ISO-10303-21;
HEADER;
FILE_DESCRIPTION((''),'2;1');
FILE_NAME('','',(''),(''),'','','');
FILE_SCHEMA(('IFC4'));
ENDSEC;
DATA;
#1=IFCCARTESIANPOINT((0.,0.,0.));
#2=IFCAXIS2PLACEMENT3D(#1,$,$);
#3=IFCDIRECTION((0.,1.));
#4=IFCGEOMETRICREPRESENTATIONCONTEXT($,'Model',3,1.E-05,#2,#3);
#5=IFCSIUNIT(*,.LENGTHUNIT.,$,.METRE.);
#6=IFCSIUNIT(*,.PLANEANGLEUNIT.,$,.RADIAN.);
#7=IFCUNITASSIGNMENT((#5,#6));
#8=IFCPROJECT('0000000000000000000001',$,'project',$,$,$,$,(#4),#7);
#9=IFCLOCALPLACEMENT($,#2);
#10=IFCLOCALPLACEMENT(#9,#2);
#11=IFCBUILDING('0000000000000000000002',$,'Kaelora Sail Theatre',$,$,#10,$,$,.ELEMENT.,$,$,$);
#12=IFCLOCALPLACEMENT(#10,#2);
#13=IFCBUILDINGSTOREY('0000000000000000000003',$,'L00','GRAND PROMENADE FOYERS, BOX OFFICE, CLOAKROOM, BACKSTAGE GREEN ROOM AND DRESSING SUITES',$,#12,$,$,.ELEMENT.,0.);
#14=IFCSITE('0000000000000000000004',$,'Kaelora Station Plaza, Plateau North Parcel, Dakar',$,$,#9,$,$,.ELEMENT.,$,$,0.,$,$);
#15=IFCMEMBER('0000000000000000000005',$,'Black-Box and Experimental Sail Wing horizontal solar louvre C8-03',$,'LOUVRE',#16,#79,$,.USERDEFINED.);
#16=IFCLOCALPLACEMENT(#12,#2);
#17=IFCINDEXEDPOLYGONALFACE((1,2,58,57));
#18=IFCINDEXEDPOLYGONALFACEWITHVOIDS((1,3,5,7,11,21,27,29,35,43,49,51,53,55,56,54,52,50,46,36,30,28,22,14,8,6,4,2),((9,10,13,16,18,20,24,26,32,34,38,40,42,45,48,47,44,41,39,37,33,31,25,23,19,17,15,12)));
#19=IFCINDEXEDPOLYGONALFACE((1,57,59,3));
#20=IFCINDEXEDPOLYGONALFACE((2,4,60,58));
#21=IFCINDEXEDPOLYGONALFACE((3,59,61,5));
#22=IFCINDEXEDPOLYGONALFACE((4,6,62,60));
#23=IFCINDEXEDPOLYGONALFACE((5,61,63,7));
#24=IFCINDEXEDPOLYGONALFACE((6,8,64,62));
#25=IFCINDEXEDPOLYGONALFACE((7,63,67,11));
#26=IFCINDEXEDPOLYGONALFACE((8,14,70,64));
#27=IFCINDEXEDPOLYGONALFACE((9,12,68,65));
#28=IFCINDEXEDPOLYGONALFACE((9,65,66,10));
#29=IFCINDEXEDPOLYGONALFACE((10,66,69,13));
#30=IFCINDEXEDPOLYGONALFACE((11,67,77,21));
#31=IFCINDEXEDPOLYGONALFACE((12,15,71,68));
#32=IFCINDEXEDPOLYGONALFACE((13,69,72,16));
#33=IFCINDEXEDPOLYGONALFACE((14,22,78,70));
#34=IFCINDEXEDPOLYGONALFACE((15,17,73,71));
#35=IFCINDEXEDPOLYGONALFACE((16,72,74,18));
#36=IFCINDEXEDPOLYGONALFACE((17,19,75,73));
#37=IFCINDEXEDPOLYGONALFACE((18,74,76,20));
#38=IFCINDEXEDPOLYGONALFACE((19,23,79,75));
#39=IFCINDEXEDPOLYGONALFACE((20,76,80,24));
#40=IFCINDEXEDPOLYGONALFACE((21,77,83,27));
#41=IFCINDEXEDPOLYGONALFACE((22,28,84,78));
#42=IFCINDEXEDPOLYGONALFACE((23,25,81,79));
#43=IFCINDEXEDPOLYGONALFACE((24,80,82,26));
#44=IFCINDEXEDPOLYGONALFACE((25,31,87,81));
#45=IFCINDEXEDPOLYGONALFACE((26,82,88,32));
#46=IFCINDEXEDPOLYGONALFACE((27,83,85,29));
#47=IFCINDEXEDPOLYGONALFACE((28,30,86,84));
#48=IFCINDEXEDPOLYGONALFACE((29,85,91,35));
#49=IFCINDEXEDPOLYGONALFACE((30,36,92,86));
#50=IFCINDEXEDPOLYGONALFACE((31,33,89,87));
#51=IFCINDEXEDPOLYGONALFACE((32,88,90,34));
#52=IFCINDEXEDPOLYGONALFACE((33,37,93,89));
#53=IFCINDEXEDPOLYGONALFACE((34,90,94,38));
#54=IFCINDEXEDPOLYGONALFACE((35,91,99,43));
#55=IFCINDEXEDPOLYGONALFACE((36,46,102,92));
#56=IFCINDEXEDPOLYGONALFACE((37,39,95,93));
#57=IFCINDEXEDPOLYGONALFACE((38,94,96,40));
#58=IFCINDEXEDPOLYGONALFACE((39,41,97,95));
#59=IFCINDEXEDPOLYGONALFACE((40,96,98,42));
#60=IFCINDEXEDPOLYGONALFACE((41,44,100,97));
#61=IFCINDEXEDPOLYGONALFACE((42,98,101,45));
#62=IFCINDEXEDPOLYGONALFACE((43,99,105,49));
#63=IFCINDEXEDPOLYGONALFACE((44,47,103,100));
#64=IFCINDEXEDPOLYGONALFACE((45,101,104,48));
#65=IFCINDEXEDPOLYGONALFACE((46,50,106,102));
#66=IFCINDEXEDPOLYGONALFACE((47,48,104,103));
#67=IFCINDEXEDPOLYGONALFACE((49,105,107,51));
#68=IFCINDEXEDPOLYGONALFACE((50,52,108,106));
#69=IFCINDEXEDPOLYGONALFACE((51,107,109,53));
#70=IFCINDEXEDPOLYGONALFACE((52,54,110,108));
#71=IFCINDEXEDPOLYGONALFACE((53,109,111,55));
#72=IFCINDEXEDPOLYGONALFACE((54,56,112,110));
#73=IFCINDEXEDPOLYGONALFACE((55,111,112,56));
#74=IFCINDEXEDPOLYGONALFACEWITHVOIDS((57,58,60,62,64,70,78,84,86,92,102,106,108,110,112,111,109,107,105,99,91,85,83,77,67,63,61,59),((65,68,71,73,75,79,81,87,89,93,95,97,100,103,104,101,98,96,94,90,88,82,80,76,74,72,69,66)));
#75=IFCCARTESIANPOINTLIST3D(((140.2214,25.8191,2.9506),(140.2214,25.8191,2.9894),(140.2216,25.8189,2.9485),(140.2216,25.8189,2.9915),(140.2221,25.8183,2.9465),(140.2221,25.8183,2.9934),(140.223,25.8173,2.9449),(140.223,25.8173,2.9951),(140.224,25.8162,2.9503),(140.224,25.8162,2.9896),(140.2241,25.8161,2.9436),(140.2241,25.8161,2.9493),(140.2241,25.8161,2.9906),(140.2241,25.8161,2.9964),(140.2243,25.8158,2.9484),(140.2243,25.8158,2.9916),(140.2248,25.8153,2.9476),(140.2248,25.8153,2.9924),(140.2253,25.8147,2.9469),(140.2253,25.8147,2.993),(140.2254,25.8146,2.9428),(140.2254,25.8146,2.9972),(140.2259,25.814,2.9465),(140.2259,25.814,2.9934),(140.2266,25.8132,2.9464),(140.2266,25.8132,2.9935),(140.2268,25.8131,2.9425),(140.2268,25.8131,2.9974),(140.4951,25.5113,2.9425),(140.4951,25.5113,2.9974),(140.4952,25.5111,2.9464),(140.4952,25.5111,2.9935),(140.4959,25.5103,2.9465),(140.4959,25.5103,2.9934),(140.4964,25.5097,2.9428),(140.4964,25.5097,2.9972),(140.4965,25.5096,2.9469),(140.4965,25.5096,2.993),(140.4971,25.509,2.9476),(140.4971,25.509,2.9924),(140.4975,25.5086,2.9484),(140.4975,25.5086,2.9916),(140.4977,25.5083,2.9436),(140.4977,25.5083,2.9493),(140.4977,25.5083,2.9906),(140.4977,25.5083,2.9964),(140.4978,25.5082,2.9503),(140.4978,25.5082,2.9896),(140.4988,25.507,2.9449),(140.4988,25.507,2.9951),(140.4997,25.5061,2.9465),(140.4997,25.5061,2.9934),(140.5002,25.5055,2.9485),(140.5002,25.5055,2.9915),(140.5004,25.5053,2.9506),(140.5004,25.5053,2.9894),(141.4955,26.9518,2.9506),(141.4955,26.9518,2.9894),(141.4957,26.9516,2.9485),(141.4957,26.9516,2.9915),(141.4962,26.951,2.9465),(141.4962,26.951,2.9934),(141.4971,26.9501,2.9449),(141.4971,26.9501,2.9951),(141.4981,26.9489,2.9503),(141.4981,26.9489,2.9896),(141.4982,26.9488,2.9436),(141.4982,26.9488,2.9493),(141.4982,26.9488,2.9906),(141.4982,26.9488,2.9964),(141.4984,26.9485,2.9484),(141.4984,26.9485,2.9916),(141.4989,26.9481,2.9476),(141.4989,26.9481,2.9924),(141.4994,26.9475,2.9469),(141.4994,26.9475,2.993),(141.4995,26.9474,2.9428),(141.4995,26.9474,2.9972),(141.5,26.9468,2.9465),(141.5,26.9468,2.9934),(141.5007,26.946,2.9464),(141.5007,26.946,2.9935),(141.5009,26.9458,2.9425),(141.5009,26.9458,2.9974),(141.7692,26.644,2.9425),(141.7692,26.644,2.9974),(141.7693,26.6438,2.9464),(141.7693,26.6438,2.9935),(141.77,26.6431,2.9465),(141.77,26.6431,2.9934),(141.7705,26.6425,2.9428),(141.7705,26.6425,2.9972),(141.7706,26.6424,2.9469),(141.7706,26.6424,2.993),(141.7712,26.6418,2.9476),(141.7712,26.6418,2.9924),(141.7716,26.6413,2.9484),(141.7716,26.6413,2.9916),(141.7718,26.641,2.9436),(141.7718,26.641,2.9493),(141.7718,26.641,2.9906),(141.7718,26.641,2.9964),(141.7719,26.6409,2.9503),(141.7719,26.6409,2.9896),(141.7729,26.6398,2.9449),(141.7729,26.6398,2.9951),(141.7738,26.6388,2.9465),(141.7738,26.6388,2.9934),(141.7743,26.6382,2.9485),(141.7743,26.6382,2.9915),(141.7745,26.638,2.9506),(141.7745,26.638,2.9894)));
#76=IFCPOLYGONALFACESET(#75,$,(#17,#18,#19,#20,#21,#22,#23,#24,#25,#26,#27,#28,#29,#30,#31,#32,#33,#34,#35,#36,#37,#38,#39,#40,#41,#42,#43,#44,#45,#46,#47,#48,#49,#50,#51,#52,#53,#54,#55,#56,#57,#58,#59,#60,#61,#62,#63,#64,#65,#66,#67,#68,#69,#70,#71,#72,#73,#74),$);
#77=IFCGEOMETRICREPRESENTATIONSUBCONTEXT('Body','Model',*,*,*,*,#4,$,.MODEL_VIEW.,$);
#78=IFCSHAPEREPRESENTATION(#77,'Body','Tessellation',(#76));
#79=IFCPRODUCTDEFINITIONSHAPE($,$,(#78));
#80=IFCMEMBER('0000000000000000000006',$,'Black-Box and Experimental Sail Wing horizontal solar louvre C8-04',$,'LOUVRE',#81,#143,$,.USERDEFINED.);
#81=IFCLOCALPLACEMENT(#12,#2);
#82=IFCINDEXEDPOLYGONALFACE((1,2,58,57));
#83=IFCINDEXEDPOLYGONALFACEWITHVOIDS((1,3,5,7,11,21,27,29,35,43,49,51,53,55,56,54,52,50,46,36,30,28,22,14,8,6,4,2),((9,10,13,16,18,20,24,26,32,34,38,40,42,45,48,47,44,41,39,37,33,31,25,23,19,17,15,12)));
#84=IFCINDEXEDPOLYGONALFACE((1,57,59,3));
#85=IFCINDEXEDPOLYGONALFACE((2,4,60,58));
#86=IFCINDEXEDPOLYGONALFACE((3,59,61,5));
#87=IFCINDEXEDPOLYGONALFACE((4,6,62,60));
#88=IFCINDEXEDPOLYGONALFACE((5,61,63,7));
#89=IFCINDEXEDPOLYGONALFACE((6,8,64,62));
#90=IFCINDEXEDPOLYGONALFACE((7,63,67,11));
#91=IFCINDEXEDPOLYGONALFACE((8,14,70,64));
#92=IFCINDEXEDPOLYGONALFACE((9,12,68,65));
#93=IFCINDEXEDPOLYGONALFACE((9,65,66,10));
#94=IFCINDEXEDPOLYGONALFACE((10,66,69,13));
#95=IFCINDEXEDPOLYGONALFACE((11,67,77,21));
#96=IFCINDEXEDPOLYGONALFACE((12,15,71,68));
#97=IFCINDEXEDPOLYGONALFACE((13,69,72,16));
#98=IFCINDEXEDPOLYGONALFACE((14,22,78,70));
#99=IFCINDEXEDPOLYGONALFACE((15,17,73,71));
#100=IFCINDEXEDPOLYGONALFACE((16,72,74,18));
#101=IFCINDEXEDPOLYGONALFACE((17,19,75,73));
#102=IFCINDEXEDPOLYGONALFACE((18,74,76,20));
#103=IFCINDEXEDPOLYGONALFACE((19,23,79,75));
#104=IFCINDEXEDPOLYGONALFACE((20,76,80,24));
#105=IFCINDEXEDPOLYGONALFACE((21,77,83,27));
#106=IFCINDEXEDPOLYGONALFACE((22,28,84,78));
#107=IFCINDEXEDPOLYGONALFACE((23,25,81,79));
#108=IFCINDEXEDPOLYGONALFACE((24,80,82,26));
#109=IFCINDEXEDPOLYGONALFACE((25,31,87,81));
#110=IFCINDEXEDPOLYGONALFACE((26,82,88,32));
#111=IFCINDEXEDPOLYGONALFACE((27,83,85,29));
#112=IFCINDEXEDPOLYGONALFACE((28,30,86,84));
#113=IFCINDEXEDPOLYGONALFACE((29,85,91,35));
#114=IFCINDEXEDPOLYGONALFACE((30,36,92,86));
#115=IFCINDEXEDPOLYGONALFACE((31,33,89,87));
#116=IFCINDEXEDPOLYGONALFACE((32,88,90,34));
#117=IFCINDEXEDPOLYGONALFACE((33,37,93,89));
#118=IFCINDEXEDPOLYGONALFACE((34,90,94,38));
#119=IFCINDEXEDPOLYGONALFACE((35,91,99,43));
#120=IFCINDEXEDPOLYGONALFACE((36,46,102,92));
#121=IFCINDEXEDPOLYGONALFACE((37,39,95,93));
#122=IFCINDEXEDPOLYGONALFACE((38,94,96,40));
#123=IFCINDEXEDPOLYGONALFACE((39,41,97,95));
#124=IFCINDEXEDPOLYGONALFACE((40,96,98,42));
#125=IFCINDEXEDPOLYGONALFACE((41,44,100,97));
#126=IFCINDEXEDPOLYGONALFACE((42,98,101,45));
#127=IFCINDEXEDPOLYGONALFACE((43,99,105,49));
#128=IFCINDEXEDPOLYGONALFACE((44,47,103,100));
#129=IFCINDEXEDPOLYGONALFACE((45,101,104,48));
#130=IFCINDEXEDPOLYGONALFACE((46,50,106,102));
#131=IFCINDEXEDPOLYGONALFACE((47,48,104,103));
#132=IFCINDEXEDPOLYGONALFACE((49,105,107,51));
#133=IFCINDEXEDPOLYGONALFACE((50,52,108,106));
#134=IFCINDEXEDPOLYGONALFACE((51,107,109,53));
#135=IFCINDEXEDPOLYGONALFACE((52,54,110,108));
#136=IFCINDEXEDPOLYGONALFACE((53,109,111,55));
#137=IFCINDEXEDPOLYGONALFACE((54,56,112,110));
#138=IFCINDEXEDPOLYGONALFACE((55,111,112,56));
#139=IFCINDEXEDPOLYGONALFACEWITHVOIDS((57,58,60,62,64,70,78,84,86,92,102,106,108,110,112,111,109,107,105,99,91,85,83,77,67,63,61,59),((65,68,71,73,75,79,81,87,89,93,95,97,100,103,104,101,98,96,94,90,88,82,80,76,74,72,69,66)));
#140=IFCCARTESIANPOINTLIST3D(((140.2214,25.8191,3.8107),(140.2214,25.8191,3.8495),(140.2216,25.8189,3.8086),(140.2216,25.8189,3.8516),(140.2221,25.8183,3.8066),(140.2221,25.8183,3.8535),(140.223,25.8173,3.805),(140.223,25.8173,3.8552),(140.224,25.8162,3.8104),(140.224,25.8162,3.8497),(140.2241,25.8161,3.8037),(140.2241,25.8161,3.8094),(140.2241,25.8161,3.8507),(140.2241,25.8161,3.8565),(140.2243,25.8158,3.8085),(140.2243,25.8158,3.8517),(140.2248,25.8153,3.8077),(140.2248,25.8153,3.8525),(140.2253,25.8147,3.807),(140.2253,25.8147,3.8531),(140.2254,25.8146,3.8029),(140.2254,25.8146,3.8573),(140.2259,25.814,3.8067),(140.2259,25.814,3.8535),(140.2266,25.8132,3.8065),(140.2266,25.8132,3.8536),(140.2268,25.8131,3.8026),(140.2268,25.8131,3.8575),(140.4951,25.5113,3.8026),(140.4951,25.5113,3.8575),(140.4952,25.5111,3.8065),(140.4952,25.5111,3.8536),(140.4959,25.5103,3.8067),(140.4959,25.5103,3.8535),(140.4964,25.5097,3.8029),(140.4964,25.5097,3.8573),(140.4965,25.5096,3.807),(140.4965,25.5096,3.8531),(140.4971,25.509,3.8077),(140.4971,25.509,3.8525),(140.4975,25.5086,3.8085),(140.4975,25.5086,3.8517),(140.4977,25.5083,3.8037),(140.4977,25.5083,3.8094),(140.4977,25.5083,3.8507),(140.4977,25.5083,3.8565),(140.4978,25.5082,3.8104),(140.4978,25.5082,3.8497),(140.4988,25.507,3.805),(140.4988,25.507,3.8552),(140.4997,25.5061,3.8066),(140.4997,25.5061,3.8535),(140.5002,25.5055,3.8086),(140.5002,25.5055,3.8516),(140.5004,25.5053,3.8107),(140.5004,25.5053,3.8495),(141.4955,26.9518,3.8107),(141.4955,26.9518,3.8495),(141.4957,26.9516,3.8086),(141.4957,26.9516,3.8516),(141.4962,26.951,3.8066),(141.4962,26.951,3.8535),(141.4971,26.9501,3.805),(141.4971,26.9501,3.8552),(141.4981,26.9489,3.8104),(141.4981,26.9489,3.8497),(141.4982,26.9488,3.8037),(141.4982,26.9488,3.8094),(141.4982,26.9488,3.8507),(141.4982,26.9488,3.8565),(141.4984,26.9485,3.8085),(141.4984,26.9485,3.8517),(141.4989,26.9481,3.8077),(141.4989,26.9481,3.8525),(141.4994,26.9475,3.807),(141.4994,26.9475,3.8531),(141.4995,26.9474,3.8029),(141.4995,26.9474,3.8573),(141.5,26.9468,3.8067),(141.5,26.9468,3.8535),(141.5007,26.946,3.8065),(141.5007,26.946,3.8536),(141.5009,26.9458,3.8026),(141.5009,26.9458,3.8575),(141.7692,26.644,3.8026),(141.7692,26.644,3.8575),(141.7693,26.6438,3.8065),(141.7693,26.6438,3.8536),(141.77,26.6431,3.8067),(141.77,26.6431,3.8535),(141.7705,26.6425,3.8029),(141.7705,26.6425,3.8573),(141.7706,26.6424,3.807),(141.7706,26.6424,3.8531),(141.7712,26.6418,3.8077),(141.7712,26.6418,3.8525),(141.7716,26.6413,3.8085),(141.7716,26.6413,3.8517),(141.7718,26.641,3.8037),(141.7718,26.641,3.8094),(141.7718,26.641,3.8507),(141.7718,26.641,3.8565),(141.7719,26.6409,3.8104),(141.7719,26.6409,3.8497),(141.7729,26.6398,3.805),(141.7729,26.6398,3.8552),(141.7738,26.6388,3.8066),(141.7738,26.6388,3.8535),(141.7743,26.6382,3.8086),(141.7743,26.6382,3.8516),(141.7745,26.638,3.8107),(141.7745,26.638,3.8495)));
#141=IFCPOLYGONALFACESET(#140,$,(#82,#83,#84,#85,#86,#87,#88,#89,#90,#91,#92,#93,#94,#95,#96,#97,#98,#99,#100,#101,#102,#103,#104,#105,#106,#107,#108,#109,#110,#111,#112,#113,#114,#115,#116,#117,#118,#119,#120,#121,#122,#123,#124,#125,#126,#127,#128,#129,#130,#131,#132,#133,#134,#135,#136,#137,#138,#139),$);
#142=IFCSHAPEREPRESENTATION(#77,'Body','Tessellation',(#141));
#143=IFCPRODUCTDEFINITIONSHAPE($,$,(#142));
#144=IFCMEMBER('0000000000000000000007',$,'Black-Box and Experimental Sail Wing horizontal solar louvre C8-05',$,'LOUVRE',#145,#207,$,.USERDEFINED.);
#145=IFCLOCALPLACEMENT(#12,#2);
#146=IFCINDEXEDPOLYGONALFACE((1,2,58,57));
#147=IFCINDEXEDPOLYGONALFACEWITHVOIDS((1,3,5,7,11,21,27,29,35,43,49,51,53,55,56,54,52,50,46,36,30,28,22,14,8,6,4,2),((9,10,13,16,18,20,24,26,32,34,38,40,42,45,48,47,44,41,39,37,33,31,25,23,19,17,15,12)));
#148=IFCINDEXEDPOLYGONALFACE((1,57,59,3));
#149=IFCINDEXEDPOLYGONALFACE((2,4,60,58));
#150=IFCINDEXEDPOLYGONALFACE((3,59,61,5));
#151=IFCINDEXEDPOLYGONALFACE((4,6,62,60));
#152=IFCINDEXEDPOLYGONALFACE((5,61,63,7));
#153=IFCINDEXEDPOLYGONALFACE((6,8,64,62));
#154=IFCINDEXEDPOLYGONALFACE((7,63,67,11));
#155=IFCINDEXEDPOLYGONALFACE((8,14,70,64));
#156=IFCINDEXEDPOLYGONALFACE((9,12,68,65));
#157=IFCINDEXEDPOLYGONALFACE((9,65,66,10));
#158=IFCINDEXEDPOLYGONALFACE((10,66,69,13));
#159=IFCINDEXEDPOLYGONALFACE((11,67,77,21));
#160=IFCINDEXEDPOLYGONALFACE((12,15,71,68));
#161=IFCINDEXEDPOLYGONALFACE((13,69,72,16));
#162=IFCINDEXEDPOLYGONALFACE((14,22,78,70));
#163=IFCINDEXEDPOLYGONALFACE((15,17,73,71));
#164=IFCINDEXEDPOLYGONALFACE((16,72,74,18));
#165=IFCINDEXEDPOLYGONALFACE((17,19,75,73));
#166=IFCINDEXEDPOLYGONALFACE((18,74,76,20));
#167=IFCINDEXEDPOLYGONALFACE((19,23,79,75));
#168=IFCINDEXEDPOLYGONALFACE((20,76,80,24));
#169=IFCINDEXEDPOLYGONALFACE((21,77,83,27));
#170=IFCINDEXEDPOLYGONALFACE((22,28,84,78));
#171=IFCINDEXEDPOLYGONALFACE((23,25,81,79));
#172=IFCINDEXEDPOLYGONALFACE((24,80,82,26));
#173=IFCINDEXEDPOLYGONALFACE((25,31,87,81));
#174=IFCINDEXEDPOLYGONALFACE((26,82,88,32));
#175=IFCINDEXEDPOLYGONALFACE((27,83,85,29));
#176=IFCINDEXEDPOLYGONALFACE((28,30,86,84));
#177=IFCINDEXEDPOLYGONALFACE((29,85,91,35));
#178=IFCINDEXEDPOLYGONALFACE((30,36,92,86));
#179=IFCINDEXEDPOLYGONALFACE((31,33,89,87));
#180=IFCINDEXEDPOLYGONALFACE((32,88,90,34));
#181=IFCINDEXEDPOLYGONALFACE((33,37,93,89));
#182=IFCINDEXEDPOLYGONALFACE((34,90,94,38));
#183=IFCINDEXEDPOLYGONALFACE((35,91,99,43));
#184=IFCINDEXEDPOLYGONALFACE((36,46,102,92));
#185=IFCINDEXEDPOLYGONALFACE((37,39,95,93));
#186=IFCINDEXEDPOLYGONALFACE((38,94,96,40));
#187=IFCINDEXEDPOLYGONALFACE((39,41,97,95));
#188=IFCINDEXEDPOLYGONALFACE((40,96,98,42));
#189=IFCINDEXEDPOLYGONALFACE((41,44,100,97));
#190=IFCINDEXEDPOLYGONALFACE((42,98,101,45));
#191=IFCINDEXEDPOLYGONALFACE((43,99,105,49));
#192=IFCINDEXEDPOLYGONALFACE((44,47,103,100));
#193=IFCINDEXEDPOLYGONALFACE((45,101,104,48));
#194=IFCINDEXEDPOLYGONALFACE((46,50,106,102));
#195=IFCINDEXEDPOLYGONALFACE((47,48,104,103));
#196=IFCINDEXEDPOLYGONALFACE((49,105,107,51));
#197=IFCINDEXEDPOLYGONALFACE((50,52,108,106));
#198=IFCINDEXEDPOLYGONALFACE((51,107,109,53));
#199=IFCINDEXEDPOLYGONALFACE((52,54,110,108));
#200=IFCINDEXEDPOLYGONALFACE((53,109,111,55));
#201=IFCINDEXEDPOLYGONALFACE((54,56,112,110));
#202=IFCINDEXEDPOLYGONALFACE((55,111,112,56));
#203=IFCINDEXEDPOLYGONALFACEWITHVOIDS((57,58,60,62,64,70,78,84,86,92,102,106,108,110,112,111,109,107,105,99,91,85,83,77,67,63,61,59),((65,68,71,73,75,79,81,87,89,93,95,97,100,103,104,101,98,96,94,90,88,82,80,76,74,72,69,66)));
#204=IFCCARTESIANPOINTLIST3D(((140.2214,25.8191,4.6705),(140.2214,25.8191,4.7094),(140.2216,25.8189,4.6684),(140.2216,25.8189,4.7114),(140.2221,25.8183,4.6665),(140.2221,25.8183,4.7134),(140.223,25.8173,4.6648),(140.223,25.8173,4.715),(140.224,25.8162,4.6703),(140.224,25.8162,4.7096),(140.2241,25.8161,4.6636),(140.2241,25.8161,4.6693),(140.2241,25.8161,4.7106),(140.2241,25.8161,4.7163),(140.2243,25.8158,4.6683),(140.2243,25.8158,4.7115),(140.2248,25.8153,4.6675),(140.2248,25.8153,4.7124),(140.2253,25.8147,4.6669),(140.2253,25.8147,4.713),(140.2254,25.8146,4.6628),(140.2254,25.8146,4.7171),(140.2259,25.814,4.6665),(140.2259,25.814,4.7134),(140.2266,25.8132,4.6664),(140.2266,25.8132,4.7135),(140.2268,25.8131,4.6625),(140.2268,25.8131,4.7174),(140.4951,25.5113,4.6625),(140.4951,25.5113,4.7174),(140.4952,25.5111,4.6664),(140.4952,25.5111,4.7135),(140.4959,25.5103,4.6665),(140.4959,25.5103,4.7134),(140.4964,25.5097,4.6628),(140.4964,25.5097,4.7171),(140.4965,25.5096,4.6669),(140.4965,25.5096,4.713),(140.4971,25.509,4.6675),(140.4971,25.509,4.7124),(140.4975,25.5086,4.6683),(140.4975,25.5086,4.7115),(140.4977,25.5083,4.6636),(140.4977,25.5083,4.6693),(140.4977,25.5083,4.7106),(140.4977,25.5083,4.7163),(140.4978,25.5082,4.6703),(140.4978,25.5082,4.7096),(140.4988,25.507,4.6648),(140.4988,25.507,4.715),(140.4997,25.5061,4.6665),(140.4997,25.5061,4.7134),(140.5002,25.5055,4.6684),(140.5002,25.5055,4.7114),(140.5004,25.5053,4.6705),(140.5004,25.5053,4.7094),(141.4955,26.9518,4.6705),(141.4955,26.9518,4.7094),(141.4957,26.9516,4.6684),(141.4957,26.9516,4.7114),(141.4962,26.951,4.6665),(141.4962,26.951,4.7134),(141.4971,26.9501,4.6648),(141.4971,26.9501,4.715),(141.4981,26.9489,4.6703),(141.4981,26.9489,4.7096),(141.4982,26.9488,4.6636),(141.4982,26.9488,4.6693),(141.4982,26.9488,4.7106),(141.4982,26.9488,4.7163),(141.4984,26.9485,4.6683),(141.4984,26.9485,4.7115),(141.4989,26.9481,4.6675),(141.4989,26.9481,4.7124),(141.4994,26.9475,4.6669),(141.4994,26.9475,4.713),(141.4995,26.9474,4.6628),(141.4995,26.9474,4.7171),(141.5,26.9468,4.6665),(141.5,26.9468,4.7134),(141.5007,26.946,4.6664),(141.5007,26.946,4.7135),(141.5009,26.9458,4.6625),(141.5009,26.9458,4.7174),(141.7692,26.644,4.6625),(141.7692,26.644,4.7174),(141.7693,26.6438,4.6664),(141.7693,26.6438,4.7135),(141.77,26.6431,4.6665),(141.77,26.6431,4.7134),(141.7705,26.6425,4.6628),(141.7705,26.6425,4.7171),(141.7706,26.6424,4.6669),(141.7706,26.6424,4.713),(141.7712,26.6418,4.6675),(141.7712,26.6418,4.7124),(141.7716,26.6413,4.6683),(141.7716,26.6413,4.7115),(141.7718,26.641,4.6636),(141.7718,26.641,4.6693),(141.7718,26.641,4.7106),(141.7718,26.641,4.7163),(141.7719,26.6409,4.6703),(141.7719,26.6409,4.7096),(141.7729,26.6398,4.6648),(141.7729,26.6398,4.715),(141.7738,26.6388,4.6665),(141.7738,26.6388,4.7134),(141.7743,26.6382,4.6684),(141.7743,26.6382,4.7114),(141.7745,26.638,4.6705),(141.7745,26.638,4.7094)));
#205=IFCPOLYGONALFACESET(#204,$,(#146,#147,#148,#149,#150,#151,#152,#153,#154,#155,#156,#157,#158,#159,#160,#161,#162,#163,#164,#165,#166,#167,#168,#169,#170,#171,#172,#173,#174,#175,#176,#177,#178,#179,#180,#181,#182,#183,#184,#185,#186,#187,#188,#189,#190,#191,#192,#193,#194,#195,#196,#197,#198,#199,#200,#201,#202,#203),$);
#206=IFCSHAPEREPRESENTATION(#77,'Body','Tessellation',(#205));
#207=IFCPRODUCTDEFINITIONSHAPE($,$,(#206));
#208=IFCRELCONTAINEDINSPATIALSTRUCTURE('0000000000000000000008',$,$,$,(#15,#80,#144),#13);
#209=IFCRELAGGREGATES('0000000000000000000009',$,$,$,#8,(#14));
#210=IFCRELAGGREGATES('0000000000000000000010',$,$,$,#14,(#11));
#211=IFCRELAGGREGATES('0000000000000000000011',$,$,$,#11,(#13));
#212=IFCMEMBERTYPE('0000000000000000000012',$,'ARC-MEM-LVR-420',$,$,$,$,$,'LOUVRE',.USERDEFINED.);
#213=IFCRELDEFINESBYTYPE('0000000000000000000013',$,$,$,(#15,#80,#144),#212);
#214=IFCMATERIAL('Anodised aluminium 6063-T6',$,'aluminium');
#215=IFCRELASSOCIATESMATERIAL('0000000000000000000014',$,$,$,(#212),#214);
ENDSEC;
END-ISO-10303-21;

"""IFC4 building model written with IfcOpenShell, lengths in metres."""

from ifc_helpers import new_model, si_unit, direction, frame, origin, origin_2d, place, context, subcontext, project, spatial, hollow_rectangle, extrude, material, material_profile, profile_set, type_object, element, save


model = new_model("IFC4")

# Units and contexts
model_context = context("Model", 3, precision=1e-05, world=origin(), true_north=direction((0.0, 1.0)))
body_context = subcontext(model_context, "Body", "Model", "MODEL_VIEW")
ifc_project = project(units=[si_unit("LENGTHUNIT", "METRE"), si_unit("PLANEANGLEUNIT", "RADIAN")], contexts=[model_context])

# Site, building, storey
site_placement = place(None, origin())
site = spatial("IfcSite", under=ifc_project, at=site_placement, Name="Kaelora Station Plaza, Plateau North Parcel, Dakar", CompositionType="ELEMENT", RefElevation=0.0)
building_placement = place(site_placement, origin())
building = spatial("IfcBuilding", under=site, at=building_placement, Name="Kaelora Sail Theatre", CompositionType="ELEMENT")
storey_placement = place(building_placement, origin())
storey = spatial("IfcBuildingStorey", under=building, at=storey_placement, Name="L00", Description="GRAND PROMENADE FOYERS, BOX OFFICE, CLOAKROOM, BACKSTAGE GREEN ROOM AND DRESSING SUITES", CompositionType="ELEMENT", Elevation=0.0)

# Members
ifc_material_1 = material(Name="Anodised aluminium 6063-T6", Category="aluminium")
ifc_material_profile_1 = material_profile(ifc_material_1, hollow_rectangle(XDim=0.4199, YDim=0.0549, WallThickness=0.0039, InnerFilletRadius=0.0039, OuterFilletRadius=0.0081, at=origin_2d()), Name="LOUVRE 420x55x4")
ifc_profile_set_1 = profile_set([ifc_material_profile_1], Name="Anodised aluminium 6063-T6")
member_type_1 = type_object("IfcMemberType", Name="ARC-MEM-LVR-420", ElementType="LOUVRE", PredefinedType="USERDEFINED", material=ifc_profile_set_1)
for number, where, z_axis, x_axis, name in (
    (1, (141.635, 26.7949, 2.97), (-0.747346, -0.664435, 0.0), (0.664435, -0.747346, 0.0), "Black-Box and Experimental Sail Wing horizontal solar louvre C8-03"),
    (2, (141.635, 26.7949, 3.8301), (-0.747346, -0.664435, 0.0), (0.664435, -0.747346, 0.0), "Black-Box and Experimental Sail Wing horizontal solar louvre C8-04"),
    (3, (141.635, 26.7949, 4.6899), (-0.747346, -0.664435, 0.0), (0.664435, -0.747346, 0.0), "Black-Box and Experimental Sail Wing horizontal solar louvre C8-05"),
):
    element("IfcMember", number, at=place(storey_placement, frame(where, z_axis=z_axis, x_axis=x_axis)), inside=storey, type_object=member_type_1, Name=name, ObjectType="LOUVRE", PredefinedType="USERDEFINED", context=body_context, shape_type="SweptSolid", body=[
        extrude(hollow_rectangle(XDim=0.4199, YDim=0.0549, WallThickness=0.0039, InnerFilletRadius=0.0039, OuterFilletRadius=0.0081, at=origin_2d()), origin(), (0.0, 0.0, 1.0), 1.7048),
    ])

save(model, "model.ifc")
